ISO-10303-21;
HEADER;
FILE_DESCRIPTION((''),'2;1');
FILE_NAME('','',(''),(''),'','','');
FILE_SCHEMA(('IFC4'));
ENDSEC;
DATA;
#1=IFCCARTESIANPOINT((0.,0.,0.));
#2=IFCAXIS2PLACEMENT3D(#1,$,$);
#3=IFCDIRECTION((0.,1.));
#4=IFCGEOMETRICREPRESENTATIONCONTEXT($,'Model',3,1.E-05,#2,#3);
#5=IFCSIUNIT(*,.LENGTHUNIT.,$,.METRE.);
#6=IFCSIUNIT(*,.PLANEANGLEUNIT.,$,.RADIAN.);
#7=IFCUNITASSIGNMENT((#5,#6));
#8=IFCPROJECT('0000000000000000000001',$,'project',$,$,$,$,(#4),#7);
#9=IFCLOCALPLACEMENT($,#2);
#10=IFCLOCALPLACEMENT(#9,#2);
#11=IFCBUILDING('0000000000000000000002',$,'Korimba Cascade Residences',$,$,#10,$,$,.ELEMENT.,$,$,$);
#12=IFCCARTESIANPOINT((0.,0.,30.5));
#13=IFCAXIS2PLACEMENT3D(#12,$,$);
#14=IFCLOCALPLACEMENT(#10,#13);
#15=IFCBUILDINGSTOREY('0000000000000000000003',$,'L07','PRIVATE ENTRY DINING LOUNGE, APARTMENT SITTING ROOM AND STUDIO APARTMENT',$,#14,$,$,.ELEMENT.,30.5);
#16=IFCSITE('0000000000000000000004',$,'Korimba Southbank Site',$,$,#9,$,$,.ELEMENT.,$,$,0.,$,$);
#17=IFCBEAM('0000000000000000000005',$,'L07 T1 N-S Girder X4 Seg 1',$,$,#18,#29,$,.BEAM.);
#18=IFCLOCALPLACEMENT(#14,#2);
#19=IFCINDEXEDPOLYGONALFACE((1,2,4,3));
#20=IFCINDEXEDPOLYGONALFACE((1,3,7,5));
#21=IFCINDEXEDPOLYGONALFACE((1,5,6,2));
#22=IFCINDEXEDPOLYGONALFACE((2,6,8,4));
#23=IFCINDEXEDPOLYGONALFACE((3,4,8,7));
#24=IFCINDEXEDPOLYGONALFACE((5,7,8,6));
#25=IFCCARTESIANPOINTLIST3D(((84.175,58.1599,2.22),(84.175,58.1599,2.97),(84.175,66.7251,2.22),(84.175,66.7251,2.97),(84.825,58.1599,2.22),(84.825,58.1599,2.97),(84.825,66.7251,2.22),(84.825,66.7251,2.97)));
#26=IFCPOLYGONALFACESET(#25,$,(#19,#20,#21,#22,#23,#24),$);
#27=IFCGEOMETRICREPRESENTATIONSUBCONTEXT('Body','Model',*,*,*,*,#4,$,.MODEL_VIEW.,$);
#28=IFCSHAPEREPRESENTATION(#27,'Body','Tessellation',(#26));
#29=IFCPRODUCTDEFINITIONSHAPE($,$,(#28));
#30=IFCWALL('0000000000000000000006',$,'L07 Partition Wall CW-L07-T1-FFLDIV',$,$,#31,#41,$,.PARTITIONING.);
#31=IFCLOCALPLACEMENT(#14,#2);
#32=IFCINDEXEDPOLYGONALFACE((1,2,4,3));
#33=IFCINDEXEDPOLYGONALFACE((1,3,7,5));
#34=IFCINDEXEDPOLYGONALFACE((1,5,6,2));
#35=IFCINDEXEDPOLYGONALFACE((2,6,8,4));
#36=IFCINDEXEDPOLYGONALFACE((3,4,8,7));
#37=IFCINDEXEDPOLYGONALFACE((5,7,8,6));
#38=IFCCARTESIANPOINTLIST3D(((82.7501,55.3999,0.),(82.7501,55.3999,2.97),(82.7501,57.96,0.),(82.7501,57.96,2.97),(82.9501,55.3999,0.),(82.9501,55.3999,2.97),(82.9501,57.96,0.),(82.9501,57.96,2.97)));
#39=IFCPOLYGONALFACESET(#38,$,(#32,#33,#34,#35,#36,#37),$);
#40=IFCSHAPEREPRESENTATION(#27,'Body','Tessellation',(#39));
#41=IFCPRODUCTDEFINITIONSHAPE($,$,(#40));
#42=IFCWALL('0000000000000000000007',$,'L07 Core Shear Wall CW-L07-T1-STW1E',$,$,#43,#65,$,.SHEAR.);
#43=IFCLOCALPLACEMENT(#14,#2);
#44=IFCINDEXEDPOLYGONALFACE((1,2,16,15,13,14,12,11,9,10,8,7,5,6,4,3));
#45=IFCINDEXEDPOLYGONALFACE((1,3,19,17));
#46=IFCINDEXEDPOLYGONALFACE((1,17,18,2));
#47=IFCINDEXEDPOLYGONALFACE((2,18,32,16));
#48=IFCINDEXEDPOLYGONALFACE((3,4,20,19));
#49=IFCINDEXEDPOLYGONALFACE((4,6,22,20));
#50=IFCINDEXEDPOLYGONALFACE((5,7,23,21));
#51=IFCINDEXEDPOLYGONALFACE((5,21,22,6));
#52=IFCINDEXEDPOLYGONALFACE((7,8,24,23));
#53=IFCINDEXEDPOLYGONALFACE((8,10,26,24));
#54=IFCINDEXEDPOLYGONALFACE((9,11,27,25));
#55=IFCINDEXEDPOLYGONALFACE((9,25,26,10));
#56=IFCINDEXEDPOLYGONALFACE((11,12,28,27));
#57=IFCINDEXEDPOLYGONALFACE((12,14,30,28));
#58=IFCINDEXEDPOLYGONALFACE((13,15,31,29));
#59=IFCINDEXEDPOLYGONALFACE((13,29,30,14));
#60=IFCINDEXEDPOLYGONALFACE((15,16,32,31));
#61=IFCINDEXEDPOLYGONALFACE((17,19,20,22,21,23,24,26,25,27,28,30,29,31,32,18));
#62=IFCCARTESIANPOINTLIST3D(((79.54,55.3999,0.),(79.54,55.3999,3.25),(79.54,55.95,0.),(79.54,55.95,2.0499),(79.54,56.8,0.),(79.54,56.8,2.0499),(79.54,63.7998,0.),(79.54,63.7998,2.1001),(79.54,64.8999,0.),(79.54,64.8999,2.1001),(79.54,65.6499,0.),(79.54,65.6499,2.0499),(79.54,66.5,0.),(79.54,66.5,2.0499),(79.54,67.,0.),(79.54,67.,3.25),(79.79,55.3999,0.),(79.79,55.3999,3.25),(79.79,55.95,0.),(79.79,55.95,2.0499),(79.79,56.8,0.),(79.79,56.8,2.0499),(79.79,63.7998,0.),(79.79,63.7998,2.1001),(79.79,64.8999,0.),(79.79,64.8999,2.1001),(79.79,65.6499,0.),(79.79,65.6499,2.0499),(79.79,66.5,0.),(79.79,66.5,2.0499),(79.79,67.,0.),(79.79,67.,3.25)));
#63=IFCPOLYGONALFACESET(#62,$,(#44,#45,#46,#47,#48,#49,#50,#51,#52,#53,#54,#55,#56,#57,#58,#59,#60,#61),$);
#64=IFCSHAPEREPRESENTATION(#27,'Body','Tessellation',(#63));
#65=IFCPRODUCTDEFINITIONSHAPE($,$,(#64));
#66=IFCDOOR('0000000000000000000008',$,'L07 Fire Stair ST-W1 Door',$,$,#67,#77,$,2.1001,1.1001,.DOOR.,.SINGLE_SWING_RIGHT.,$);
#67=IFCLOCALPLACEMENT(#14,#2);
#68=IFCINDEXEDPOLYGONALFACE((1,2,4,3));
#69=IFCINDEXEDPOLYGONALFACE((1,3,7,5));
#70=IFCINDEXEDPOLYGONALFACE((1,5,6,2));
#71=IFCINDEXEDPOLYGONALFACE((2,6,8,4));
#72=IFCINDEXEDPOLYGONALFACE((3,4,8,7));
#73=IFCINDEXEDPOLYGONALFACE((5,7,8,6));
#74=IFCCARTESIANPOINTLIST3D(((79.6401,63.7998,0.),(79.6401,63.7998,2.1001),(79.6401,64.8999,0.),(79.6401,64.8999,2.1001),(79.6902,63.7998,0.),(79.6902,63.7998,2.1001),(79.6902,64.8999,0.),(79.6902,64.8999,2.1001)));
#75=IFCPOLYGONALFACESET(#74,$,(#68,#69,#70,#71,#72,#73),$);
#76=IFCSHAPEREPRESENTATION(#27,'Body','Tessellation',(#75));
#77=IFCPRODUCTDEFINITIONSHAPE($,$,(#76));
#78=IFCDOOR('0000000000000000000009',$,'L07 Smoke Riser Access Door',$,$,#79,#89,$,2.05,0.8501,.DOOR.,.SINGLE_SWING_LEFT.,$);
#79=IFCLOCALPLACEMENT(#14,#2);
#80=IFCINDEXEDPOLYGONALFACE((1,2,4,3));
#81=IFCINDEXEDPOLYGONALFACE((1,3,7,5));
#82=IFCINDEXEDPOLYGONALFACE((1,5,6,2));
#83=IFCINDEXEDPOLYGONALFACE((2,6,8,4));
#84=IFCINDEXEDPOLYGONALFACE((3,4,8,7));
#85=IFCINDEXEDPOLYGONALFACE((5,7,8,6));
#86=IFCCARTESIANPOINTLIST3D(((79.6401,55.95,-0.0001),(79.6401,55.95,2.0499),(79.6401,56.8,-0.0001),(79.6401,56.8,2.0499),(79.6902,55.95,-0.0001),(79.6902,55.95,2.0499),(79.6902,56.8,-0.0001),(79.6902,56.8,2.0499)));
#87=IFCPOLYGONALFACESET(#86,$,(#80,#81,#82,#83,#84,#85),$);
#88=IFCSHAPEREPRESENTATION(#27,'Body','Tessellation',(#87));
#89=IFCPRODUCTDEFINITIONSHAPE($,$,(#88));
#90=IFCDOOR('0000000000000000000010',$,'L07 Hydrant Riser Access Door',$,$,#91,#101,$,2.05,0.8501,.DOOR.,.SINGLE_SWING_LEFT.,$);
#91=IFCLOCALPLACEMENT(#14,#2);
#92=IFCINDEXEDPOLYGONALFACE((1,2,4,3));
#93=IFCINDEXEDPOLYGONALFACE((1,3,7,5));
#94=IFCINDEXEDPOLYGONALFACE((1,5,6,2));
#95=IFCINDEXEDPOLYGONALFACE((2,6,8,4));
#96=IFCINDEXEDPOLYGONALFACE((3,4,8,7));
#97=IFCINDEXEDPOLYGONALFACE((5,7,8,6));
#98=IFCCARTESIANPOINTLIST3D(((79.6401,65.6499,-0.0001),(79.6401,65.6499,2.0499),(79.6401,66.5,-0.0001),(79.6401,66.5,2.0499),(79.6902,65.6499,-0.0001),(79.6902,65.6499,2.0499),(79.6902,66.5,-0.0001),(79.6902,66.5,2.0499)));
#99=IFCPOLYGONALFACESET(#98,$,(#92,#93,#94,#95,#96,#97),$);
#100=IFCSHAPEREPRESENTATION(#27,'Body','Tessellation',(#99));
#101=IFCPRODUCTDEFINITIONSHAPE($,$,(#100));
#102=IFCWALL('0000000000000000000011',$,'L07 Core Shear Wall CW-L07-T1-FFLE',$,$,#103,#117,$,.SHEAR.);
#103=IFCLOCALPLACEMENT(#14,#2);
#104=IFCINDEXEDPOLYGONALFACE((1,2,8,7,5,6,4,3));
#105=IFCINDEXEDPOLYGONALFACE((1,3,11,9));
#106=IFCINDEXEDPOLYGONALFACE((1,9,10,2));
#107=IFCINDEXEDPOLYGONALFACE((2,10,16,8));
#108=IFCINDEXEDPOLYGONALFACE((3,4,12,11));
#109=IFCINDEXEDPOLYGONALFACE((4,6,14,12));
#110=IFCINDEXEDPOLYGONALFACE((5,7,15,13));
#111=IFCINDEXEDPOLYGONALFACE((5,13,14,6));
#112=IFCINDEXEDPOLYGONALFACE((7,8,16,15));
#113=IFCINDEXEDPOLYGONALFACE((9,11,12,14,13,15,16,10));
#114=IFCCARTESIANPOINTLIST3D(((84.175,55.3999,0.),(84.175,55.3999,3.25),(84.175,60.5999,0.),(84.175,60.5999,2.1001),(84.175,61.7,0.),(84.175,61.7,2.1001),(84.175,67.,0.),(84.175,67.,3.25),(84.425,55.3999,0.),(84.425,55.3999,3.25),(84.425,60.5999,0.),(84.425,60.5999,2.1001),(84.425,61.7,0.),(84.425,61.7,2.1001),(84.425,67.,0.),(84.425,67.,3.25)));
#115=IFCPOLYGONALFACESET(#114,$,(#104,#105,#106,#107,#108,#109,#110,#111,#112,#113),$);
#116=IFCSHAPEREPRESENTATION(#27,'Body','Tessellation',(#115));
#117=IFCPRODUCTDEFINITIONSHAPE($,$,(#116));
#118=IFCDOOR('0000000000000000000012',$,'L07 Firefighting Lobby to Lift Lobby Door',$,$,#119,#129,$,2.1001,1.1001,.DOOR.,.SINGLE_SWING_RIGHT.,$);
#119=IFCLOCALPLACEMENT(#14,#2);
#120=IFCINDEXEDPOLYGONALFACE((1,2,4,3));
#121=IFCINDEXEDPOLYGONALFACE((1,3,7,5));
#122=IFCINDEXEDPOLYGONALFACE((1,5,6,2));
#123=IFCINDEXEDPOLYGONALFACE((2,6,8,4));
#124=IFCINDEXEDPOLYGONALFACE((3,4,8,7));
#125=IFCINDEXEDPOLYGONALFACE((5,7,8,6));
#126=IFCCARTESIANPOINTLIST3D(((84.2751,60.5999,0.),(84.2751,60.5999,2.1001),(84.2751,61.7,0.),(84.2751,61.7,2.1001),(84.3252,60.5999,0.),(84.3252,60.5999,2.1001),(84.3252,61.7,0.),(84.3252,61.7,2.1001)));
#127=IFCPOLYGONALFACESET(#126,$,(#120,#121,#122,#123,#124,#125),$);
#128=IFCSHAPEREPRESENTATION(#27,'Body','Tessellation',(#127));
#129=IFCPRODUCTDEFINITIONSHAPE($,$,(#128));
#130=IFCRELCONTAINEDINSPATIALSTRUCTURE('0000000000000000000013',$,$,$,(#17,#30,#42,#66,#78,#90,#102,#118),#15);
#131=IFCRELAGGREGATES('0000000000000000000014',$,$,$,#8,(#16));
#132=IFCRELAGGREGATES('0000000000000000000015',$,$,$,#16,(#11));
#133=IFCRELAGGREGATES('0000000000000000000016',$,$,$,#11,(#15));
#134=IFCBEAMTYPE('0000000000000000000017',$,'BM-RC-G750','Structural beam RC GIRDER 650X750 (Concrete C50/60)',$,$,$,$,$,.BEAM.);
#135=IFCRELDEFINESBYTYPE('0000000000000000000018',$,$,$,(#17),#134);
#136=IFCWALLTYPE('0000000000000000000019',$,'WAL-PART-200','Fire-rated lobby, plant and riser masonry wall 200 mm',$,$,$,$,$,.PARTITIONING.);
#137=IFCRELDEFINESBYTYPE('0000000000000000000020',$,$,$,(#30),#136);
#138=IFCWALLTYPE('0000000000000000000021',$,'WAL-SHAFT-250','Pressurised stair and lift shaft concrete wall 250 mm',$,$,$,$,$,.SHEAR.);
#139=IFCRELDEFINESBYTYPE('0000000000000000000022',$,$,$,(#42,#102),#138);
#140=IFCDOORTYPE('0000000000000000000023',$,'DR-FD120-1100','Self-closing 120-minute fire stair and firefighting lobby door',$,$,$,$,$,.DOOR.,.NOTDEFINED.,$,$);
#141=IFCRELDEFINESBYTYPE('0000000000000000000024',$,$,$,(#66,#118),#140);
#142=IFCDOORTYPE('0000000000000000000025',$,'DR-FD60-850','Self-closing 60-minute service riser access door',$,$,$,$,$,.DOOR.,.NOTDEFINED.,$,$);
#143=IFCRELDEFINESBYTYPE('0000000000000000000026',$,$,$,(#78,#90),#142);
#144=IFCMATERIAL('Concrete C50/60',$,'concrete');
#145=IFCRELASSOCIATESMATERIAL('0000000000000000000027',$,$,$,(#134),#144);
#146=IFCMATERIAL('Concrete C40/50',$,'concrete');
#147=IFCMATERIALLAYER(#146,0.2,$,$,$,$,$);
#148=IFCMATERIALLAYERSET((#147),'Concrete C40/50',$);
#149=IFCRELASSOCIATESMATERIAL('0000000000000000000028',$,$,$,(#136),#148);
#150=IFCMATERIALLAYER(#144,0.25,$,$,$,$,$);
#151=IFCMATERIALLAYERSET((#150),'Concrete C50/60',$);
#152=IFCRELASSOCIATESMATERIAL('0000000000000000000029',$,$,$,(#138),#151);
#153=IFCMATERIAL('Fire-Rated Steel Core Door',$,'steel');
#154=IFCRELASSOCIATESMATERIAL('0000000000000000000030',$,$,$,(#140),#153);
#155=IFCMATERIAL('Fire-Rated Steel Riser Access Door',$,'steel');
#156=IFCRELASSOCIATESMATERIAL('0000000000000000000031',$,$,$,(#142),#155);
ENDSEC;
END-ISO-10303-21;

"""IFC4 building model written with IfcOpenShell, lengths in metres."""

from ifc_helpers import new_model, si_unit, direction, frame, frame_2d, origin, origin_2d, place, context, subcontext, project, spatial, rectangle, extrude, material, layer, layer_set, material_profile, profile_set, type_object, element, fill, save


model = new_model("IFC4")

# Units and contexts
model_context = context("Model", 3, precision=1e-05, world=origin(), true_north=direction((0.0, 1.0)))
body_context = subcontext(model_context, "Body", "Model", "MODEL_VIEW")
ifc_project = project(units=[si_unit("LENGTHUNIT", "METRE"), si_unit("PLANEANGLEUNIT", "RADIAN")], contexts=[model_context])

# Site, building, storey
site_placement = place(None, origin())
site = spatial("IfcSite", under=ifc_project, at=site_placement, Name="Korimba Southbank Site", CompositionType="ELEMENT", RefElevation=0.0)
building_placement = place(site_placement, origin())
building = spatial("IfcBuilding", under=site, at=building_placement, Name="Korimba Cascade Residences", CompositionType="ELEMENT")
storey_placement = place(building_placement, frame((0.0, 0.0, 30.5)))
storey = spatial("IfcBuildingStorey", under=building, at=storey_placement, Name="L07", Description="PRIVATE ENTRY DINING LOUNGE, APARTMENT SITTING ROOM AND STUDIO APARTMENT", CompositionType="ELEMENT", Elevation=30.5)

# Beam
ifc_material_1 = material(Name="Concrete C50/60", Category="concrete")
ifc_material_profile = material_profile(ifc_material_1, rectangle(XDim=0.6499, YDim=0.75, at=origin_2d()), Name="Concrete C50/60")
ifc_profile_set = profile_set([ifc_material_profile], Name="Concrete C50/60")
beam_type = type_object("IfcBeamType", Name="BM-RC-G750", Description="Structural beam RC GIRDER 650X750 (Concrete C50/60)", PredefinedType="BEAM", material=ifc_profile_set)
beam_placement = place(storey_placement, frame((84.5, 58.1599, 2.595), z_axis=(0.0, 1.0, 0.0), x_axis=(-1.0, 0.0, 0.0)))
element("IfcBeam", 1, at=beam_placement, inside=storey, type_object=beam_type, Name="L07 T1 N-S Girder X4 Seg 1", PredefinedType="BEAM", context=body_context, shape_type="SweptSolid", body=[
    extrude(rectangle(XDim=0.6499, YDim=0.75, at=origin_2d()), origin(), (0.0, 0.0, 1.0), 8.5652),
])

# Wall
ifc_material_2 = material(Name="Concrete C40/50", Category="concrete")
ifc_layer_1 = layer(ifc_material_2, 0.2)
ifc_layer_set_1 = layer_set([ifc_layer_1], Name="Concrete C40/50")
wall_type_1 = type_object("IfcWallType", Name="WAL-PART-200", Description="Fire-rated lobby, plant and riser masonry wall 200 mm", PredefinedType="PARTITIONING", material=ifc_layer_set_1)
wall_1_placement = place(storey_placement, frame((82.8501, 55.3999, 0.0), z_axis=(0.0, 0.0, 1.0), x_axis=(0.0, 1.0, 0.0)))
element("IfcWall", 2, at=wall_1_placement, inside=storey, type_object=wall_type_1, Name="L07 Partition Wall CW-L07-T1-FFLDIV", PredefinedType="PARTITIONING", context=body_context, shape_type="SweptSolid", body=[
    extrude(rectangle(XDim=2.5601, YDim=0.2, at=frame_2d((1.28, 0.0))), origin(), (0.0, 0.0, 1.0), 2.97),
])

# Wall, openings, doors
ifc_layer_2 = layer(ifc_material_1, 0.25)
ifc_layer_set_2 = layer_set([ifc_layer_2], Name="Concrete C50/60")
wall_type_2 = type_object("IfcWallType", Name="WAL-SHAFT-250", Description="Pressurised stair and lift shaft concrete wall 250 mm", PredefinedType="SHEAR", material=ifc_layer_set_2)
wall_2_placement = place(storey_placement, frame((79.665, 55.3999, 0.0), z_axis=(0.0, 0.0, 1.0), x_axis=(0.0, 1.0, 0.0)))
wall_2 = element("IfcWall", 3, at=wall_2_placement, inside=storey, type_object=wall_type_2, Name="L07 Core Shear Wall CW-L07-T1-STW1E", PredefinedType="SHEAR", context=body_context, shape_type="SweptSolid", body=[
    extrude(rectangle(XDim=11.6001, YDim=0.25, at=frame_2d((5.8, 0.0))), origin(), (0.0, 0.0, 1.0), 3.25),
])
opening_1_placement = place(wall_2_placement, frame((0.55, 0.0, 0.0)))
opening_1 = element("IfcOpeningElement", 4, at=opening_1_placement, cuts=wall_2, PredefinedType="OPENING", context=body_context, shape_type="SweptSolid", body=[
    extrude(rectangle(XDim=0.8501, YDim=2.05, at=frame_2d((0.425, 1.0249))), frame((0.0, 0.135, 0.0), z_axis=(0.0, -1.0, 0.0), x_axis=(1.0, 0.0, 0.0)), (0.0, 0.0, 1.0), 0.27),
])
opening_2_placement = place(wall_2_placement, frame((8.3999, 0.0, 0.0)))
opening_2 = element("IfcOpeningElement", 5, at=opening_2_placement, cuts=wall_2, PredefinedType="OPENING", context=body_context, shape_type="SweptSolid", body=[
    extrude(rectangle(XDim=1.1001, YDim=2.1001, at=frame_2d((0.55, 1.05))), frame((0.0, 0.135, 0.0), z_axis=(0.0, -1.0, 0.0), x_axis=(1.0, 0.0, 0.0)), (0.0, 0.0, 1.0), 0.27),
])
opening_3_placement = place(wall_2_placement, frame((10.25, 0.0, 0.0)))
opening_3 = element("IfcOpeningElement", 6, at=opening_3_placement, cuts=wall_2, PredefinedType="OPENING", context=body_context, shape_type="SweptSolid", body=[
    extrude(rectangle(XDim=0.8501, YDim=2.05, at=frame_2d((0.425, 1.0249))), frame((0.0, 0.135, 0.0), z_axis=(0.0, -1.0, 0.0), x_axis=(1.0, 0.0, 0.0)), (0.0, 0.0, 1.0), 0.27),
])
ifc_material_3 = material(Name="Fire-Rated Steel Core Door", Category="steel")
door_type_1 = type_object("IfcDoorType", Name="DR-FD120-1100", Description="Self-closing 120-minute fire stair and firefighting lobby door", OperationType="NOTDEFINED", PredefinedType="DOOR", material=ifc_material_3)
door_1_placement = place(opening_2_placement, origin())
door_1 = element("IfcDoor", 7, at=door_1_placement, inside=storey, type_object=door_type_1, Name="L07 Fire Stair ST-W1 Door", OperationType="SINGLE_SWING_RIGHT", OverallHeight=2.1001, OverallWidth=1.1001, PredefinedType="DOOR", context=body_context, shape_type="SweptSolid", body=[
    extrude(rectangle(XDim=1.1001, YDim=2.1001, at=frame_2d((0.55, 1.05))), frame((0.0, 0.0249, 0.0), z_axis=(0.0, -1.0, 0.0), x_axis=(1.0, 0.0, 0.0)), (0.0, 0.0, 1.0), 0.05),
])
fill(opening_2, door_1)
ifc_material_4 = material(Name="Fire-Rated Steel Riser Access Door", Category="steel")
door_type_2 = type_object("IfcDoorType", Name="DR-FD60-850", Description="Self-closing 60-minute service riser access door", OperationType="NOTDEFINED", PredefinedType="DOOR", material=ifc_material_4)
door_2_placement = place(opening_1_placement, origin())
door_2 = element("IfcDoor", 8, at=door_2_placement, inside=storey, type_object=door_type_2, Name="L07 Smoke Riser Access Door", OperationType="SINGLE_SWING_LEFT", OverallHeight=2.05, OverallWidth=0.8501, PredefinedType="DOOR", context=body_context, shape_type="SweptSolid", body=[
    extrude(rectangle(XDim=0.8501, YDim=2.05, at=frame_2d((0.425, 1.0249))), frame((0.0, 0.0249, 0.0), z_axis=(0.0, -1.0, 0.0), x_axis=(1.0, 0.0, 0.0)), (0.0, 0.0, 1.0), 0.05),
])
fill(opening_1, door_2)
door_3_placement = place(opening_3_placement, origin())
door_3 = element("IfcDoor", 9, at=door_3_placement, inside=storey, type_object=door_type_2, Name="L07 Hydrant Riser Access Door", OperationType="SINGLE_SWING_LEFT", OverallHeight=2.05, OverallWidth=0.8501, PredefinedType="DOOR", context=body_context, shape_type="SweptSolid", body=[
    extrude(rectangle(XDim=0.8501, YDim=2.05, at=frame_2d((0.425, 1.0249))), frame((0.0, 0.0249, 0.0), z_axis=(0.0, -1.0, 0.0), x_axis=(1.0, 0.0, 0.0)), (0.0, 0.0, 1.0), 0.05),
])
fill(opening_3, door_3)

# Wall, opening, door
wall_3_placement = place(storey_placement, frame((84.3, 55.3999, 0.0), z_axis=(0.0, 0.0, 1.0), x_axis=(0.0, 1.0, 0.0)))
wall_3 = element("IfcWall", 10, at=wall_3_placement, inside=storey, type_object=wall_type_2, Name="L07 Core Shear Wall CW-L07-T1-FFLE", PredefinedType="SHEAR", context=body_context, shape_type="SweptSolid", body=[
    extrude(rectangle(XDim=11.6001, YDim=0.25, at=frame_2d((5.8, 0.0))), origin(), (0.0, 0.0, 1.0), 3.25),
])
opening_4_placement = place(wall_3_placement, frame((5.2, 0.0, 0.0)))
opening_4 = element("IfcOpeningElement", 11, at=opening_4_placement, cuts=wall_3, PredefinedType="OPENING", context=body_context, shape_type="SweptSolid", body=[
    extrude(rectangle(XDim=1.1001, YDim=2.1001, at=frame_2d((0.55, 1.05))), frame((0.0, 0.135, 0.0), z_axis=(0.0, -1.0, 0.0), x_axis=(1.0, 0.0, 0.0)), (0.0, 0.0, 1.0), 0.27),
])
door_4_placement = place(opening_4_placement, origin())
door_4 = element("IfcDoor", 12, at=door_4_placement, inside=storey, type_object=door_type_1, Name="L07 Firefighting Lobby to Lift Lobby Door", OperationType="SINGLE_SWING_RIGHT", OverallHeight=2.1001, OverallWidth=1.1001, PredefinedType="DOOR", context=body_context, shape_type="SweptSolid", body=[
    extrude(rectangle(XDim=1.1001, YDim=2.1001, at=frame_2d((0.55, 1.05))), frame((0.0, 0.0249, 0.0), z_axis=(0.0, -1.0, 0.0), x_axis=(1.0, 0.0, 0.0)), (0.0, 0.0, 1.0), 0.05),
])
fill(opening_4, door_4)

save(model, "model.ifc")
